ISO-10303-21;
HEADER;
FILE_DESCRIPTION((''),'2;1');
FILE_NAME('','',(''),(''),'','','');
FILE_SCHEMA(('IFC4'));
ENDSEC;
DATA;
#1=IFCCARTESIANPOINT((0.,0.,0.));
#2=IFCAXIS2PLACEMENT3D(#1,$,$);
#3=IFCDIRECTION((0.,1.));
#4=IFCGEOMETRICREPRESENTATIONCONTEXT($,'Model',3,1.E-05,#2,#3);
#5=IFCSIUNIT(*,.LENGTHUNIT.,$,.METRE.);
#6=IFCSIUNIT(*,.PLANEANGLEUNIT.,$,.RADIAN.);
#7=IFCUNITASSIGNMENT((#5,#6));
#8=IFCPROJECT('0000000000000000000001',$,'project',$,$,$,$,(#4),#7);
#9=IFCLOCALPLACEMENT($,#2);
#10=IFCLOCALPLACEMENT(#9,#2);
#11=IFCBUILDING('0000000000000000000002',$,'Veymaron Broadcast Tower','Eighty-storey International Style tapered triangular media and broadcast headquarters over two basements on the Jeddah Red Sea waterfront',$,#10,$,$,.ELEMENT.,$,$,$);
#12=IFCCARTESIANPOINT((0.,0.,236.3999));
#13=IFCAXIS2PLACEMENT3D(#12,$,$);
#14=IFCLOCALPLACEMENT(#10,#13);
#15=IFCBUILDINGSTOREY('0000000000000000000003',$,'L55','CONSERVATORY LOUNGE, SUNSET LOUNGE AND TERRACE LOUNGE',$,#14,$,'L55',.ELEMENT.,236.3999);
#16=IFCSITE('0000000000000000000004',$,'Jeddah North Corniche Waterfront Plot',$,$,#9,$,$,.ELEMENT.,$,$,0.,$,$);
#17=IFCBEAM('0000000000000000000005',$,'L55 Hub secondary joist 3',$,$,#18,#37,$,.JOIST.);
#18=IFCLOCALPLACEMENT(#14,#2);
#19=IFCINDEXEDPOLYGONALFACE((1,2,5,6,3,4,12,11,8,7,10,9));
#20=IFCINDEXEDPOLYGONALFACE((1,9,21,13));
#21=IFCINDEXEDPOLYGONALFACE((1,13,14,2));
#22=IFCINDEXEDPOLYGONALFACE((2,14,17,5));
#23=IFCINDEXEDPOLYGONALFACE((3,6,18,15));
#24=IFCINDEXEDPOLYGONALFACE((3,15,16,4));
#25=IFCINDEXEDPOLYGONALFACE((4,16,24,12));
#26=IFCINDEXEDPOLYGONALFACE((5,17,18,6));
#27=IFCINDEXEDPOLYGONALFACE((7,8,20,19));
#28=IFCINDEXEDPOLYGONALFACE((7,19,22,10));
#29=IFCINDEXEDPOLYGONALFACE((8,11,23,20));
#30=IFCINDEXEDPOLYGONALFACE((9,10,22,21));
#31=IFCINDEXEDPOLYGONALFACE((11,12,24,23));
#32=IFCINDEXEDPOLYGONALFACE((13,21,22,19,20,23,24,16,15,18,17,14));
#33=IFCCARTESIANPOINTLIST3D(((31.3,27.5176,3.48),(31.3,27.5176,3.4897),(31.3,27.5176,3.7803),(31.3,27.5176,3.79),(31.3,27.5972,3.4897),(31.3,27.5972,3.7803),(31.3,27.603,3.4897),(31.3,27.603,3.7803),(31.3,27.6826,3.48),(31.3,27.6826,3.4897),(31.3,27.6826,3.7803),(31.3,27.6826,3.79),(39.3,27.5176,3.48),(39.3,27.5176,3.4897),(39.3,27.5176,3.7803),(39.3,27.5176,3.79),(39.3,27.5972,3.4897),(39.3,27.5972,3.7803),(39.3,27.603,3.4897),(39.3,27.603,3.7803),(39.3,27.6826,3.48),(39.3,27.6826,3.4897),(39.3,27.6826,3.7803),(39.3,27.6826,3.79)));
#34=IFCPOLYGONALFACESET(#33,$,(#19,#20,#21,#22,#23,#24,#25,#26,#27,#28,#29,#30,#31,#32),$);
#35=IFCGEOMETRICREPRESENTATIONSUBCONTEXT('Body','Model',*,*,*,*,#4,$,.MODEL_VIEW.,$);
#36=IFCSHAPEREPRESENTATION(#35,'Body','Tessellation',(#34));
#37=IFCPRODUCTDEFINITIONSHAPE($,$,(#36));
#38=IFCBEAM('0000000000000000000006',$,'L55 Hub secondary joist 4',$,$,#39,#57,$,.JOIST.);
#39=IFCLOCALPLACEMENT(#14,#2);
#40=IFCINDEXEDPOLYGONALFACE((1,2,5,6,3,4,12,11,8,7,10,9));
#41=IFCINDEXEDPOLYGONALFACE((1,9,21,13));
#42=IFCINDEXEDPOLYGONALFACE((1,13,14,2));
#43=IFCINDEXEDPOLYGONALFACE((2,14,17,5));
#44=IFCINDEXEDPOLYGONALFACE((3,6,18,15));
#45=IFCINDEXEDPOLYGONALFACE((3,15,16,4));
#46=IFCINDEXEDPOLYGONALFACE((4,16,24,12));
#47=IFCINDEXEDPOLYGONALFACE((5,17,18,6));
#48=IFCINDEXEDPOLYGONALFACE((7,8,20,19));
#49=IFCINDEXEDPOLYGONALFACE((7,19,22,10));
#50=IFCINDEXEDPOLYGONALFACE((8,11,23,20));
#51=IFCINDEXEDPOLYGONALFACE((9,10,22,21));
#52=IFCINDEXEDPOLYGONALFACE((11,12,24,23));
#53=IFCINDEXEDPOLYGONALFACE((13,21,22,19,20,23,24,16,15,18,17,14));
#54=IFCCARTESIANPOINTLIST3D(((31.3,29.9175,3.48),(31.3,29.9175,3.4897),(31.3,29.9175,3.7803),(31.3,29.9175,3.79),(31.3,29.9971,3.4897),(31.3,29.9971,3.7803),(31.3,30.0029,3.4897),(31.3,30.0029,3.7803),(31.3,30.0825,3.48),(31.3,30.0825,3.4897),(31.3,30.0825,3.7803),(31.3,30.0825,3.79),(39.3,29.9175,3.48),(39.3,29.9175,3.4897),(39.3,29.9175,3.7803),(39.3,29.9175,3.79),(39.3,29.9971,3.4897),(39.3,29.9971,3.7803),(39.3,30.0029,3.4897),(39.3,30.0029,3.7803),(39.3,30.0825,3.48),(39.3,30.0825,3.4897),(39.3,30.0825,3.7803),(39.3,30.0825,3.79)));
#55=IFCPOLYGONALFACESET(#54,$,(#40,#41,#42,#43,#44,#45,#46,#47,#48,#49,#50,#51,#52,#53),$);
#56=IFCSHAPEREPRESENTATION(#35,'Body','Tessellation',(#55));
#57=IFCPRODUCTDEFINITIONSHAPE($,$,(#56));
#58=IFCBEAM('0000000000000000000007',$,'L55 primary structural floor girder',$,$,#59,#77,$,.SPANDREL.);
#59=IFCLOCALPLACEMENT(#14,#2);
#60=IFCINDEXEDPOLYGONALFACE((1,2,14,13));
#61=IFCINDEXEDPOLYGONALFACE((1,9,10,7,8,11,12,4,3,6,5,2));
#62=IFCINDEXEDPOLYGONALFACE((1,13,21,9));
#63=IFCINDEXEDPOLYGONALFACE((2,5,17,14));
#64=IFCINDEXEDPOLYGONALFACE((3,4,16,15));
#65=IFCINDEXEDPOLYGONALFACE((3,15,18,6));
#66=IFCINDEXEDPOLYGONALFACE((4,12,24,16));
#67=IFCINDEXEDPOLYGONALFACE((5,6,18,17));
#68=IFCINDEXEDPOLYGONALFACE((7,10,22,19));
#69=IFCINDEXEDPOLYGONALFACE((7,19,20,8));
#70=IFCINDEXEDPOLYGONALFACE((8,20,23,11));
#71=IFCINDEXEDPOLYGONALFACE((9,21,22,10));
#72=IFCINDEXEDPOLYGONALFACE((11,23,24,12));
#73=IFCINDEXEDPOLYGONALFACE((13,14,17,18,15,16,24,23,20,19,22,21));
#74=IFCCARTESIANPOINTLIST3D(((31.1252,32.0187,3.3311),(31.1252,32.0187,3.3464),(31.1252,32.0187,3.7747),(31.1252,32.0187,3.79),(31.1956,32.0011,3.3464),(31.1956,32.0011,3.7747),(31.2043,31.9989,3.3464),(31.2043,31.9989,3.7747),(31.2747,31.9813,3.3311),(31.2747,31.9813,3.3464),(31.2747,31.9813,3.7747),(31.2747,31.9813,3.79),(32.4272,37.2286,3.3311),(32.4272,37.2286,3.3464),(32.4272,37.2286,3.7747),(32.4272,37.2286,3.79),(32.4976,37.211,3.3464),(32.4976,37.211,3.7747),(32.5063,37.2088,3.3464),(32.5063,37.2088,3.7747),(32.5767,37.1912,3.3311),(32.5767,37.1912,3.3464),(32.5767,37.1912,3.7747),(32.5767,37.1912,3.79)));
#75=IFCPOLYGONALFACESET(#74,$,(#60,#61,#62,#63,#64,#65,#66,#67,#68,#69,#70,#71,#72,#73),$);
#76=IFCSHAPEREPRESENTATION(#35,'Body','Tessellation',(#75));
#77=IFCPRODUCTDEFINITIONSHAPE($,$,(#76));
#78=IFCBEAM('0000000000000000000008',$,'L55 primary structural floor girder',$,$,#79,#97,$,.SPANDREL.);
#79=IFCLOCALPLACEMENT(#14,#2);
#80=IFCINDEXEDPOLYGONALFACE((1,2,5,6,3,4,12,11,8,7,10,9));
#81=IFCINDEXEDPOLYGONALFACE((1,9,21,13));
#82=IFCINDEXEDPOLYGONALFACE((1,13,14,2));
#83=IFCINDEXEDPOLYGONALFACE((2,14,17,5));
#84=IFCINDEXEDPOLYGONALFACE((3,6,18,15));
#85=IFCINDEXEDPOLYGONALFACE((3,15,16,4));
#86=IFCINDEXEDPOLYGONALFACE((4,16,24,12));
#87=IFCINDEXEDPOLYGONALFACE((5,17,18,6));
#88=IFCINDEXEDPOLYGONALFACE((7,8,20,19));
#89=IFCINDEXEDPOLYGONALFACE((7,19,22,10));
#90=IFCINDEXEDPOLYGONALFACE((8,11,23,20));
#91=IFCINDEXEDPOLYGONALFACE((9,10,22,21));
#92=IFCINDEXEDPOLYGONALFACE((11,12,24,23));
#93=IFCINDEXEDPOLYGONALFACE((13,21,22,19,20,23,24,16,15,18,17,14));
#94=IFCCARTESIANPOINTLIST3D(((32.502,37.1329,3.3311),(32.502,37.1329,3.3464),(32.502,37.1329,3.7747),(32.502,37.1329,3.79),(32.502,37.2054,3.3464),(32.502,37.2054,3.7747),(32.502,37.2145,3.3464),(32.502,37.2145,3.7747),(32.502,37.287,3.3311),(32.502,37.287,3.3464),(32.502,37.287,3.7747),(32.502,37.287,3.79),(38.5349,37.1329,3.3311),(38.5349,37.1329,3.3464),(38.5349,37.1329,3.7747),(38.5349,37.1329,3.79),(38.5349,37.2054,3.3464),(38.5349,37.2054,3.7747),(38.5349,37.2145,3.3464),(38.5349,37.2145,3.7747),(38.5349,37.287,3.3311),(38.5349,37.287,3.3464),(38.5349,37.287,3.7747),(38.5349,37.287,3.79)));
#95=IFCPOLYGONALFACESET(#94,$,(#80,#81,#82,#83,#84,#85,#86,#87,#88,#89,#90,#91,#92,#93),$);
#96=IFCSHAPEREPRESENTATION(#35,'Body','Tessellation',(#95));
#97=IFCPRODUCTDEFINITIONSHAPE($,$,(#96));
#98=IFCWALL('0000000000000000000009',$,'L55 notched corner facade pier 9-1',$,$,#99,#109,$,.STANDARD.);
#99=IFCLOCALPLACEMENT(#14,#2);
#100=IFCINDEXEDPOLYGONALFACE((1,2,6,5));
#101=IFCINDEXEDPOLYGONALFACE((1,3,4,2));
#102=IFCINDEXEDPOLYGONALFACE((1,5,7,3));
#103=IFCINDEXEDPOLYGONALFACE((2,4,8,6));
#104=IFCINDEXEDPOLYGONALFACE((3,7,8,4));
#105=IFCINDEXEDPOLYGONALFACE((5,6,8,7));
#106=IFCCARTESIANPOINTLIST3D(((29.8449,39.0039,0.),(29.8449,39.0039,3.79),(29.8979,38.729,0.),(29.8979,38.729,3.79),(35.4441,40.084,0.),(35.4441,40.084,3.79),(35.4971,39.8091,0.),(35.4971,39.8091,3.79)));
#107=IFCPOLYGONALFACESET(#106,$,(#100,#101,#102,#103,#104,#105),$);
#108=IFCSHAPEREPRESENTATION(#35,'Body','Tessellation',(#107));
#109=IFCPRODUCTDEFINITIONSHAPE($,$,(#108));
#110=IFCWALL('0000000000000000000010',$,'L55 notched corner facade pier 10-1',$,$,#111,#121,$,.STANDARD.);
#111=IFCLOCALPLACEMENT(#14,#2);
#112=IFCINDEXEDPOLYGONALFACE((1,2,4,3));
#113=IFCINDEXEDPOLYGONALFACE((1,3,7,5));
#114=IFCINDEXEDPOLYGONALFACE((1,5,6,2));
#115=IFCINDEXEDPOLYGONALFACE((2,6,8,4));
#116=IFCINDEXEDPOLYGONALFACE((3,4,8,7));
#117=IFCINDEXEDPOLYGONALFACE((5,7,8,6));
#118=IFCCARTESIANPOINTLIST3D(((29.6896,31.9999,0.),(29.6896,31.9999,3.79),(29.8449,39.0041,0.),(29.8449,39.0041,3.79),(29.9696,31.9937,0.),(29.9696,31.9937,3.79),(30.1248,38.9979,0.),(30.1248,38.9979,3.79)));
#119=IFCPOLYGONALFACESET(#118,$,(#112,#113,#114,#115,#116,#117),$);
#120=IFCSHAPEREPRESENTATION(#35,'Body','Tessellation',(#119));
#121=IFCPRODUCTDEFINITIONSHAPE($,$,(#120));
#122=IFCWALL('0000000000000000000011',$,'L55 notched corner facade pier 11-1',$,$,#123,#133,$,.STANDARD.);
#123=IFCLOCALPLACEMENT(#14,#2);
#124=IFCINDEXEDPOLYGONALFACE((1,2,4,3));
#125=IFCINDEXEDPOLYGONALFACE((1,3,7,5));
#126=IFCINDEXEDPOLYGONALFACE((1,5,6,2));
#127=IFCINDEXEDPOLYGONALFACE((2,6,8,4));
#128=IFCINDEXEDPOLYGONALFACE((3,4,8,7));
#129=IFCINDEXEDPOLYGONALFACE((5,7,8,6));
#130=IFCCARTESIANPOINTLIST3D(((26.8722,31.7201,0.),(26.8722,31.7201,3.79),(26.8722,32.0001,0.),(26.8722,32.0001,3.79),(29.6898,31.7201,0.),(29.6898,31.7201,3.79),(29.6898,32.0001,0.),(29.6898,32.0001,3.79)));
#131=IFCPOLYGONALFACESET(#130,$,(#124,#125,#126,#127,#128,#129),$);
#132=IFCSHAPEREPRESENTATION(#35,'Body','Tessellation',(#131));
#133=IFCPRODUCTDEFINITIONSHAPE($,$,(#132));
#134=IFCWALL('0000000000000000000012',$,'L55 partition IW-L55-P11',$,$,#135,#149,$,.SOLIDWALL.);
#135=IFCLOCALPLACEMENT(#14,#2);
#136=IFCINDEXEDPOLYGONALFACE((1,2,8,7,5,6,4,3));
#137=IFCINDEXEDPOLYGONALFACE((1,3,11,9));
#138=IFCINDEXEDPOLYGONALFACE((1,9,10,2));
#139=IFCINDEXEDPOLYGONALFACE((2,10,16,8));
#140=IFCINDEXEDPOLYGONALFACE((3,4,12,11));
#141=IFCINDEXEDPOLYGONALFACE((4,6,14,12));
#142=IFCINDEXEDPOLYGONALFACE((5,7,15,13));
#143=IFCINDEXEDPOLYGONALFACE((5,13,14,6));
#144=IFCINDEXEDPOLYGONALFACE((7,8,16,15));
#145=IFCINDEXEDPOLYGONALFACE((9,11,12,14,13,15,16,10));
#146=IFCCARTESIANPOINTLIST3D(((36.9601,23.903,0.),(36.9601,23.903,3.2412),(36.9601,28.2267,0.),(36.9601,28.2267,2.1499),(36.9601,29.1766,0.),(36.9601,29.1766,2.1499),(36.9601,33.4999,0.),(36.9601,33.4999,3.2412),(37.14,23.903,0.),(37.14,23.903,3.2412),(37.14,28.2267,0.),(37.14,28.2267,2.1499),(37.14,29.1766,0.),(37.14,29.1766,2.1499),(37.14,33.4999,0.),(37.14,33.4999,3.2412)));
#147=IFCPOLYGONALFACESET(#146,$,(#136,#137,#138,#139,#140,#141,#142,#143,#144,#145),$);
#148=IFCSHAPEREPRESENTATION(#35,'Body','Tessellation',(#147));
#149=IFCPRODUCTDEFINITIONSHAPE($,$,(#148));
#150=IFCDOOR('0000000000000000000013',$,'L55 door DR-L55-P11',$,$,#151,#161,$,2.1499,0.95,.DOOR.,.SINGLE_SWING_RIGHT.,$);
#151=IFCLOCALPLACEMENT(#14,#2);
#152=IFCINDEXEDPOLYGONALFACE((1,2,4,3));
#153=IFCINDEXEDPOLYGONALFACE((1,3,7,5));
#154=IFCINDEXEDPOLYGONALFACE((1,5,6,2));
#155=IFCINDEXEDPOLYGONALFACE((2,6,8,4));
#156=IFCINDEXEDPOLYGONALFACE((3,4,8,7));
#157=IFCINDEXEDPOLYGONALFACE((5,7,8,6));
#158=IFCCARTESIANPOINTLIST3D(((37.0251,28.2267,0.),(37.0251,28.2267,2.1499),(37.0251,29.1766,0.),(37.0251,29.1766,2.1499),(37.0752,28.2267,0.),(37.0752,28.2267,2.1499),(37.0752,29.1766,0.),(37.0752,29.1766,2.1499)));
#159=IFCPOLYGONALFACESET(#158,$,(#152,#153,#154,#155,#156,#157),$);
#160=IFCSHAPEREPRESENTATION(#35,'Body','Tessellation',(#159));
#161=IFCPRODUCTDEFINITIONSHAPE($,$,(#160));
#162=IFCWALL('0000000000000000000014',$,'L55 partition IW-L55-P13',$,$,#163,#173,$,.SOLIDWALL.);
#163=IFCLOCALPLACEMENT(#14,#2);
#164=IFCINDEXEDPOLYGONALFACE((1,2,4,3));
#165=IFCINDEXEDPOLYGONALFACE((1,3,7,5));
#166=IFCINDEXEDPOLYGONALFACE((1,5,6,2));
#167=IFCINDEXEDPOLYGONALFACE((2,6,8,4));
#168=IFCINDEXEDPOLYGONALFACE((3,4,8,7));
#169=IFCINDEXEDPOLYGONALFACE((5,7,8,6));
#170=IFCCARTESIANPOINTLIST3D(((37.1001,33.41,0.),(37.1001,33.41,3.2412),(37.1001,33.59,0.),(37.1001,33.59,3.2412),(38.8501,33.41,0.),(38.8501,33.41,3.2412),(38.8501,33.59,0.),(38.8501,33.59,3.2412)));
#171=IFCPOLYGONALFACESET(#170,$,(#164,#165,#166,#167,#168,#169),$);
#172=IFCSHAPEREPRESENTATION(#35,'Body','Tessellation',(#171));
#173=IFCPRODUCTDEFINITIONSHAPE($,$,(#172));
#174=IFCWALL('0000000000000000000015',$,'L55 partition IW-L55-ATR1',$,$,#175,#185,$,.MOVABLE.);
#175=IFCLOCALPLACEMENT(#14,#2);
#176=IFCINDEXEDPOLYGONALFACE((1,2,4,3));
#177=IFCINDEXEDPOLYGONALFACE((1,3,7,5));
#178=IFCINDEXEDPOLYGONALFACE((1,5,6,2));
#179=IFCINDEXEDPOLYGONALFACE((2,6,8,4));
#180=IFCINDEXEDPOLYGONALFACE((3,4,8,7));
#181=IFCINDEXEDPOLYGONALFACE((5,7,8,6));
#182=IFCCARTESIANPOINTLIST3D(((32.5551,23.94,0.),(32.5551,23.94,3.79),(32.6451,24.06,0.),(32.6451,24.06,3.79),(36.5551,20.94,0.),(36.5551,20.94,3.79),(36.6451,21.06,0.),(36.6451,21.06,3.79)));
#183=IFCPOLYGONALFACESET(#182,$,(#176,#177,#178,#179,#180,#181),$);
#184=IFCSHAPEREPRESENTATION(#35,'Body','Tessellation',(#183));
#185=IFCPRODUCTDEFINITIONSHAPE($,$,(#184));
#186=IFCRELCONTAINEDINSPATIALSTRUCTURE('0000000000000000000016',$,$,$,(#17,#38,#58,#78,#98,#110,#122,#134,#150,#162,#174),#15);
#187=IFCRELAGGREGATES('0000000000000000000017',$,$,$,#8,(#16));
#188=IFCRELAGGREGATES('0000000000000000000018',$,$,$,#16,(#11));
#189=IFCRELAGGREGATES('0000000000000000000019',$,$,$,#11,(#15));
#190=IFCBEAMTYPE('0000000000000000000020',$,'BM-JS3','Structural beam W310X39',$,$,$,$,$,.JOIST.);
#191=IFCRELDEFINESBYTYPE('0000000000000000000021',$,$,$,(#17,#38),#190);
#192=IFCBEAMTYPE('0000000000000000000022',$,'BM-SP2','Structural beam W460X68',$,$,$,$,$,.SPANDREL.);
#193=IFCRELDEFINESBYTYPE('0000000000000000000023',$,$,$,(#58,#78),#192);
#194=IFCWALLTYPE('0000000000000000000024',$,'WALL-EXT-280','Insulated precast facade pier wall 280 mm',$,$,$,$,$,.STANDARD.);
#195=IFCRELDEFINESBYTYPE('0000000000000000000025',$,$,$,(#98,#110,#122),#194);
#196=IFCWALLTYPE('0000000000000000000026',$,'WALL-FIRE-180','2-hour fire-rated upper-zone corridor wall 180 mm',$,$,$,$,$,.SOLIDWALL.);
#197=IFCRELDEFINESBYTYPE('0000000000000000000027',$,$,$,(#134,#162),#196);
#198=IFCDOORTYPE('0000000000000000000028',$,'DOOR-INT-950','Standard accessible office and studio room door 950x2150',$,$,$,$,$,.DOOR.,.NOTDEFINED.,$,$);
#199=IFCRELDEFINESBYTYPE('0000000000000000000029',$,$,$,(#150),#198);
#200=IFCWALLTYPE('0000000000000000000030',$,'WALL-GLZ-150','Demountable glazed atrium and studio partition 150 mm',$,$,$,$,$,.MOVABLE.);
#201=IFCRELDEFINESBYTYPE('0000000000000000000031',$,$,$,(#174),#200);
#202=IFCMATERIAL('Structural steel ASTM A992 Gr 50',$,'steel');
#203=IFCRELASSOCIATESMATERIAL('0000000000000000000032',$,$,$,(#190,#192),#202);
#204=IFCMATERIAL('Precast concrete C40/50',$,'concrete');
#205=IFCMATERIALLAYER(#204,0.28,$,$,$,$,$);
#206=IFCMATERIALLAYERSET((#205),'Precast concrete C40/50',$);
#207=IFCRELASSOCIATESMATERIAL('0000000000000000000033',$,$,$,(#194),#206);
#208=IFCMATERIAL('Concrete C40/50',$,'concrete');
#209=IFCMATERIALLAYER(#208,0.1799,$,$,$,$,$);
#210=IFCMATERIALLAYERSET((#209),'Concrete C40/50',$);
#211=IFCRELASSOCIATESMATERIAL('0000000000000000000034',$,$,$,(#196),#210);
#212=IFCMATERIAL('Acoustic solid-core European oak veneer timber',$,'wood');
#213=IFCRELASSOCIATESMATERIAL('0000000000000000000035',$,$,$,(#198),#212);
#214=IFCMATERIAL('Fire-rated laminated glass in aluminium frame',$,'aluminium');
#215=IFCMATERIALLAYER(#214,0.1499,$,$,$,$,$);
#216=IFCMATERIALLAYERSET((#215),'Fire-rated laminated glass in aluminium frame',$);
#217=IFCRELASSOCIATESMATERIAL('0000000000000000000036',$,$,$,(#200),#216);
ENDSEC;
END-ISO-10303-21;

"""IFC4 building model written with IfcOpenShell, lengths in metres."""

from ifc_helpers import new_model, si_unit, direction, frame, frame_2d, origin, origin_2d, place, context, subcontext, project, spatial, rectangle, i_section, extrude, material, layer, layer_set, material_profile, profile_set, type_object, element, fill, save


model = new_model("IFC4")

# Units and contexts
model_context = context("Model", 3, precision=1e-05, world=origin(), true_north=direction((0.0, 1.0)))
body_context = subcontext(model_context, "Body", "Model", "MODEL_VIEW")
ifc_project = project(units=[si_unit("LENGTHUNIT", "METRE"), si_unit("PLANEANGLEUNIT", "RADIAN")], contexts=[model_context])

# Site, building, storey
site_placement = place(None, origin())
site = spatial("IfcSite", under=ifc_project, at=site_placement, Name="Jeddah North Corniche Waterfront Plot", CompositionType="ELEMENT", RefElevation=0.0)
building_placement = place(site_placement, origin())
building = spatial("IfcBuilding", under=site, at=building_placement, Name="Veymaron Broadcast Tower", Description="Eighty-storey International Style tapered triangular media and broadcast headquarters over two basements on the Jeddah Red Sea waterfront", CompositionType="ELEMENT")
storey_placement = place(building_placement, frame((0.0, 0.0, 236.3999)))
storey = spatial("IfcBuildingStorey", under=building, at=storey_placement, Name="L55", Description="CONSERVATORY LOUNGE, SUNSET LOUNGE AND TERRACE LOUNGE", LongName="L55", CompositionType="ELEMENT", Elevation=236.3999)

# Shared definitions
ifc_material_1 = material(Name="Structural steel ASTM A992 Gr 50", Category="steel")

# Beams
ifc_material_profile_1 = material_profile(ifc_material_1, i_section(OverallWidth=0.165, OverallDepth=0.3101, WebThickness=0.0059, FlangeThickness=0.0098, at=origin_2d()), Name="W310X39")
ifc_profile_set_1 = profile_set([ifc_material_profile_1], Name="Structural steel ASTM A992 Gr 50")
beam_type_1 = type_object("IfcBeamType", Name="BM-JS3", Description="Structural beam W310X39", PredefinedType="JOIST", material=ifc_profile_set_1)
for number, where, z_axis, x_axis, name in (
    (1, (31.3, 27.6001, 3.635), (1.0, 0.0, 0.0), (0.0, 1.0, 0.0), "L55 Hub secondary joist 3"),
    (2, (31.3, 30.0, 3.635), (1.0, 0.0, 0.0), (0.0, 1.0, 0.0), "L55 Hub secondary joist 4"),
):
    element("IfcBeam", number, at=place(storey_placement, frame(where, z_axis=z_axis, x_axis=x_axis)), inside=storey, type_object=beam_type_1, Name=name, PredefinedType="JOIST", context=body_context, shape_type="SweptSolid", body=[
        extrude(i_section(OverallWidth=0.165, OverallDepth=0.3101, WebThickness=0.0059, FlangeThickness=0.0098, at=origin_2d()), origin(), (0.0, 0.0, 1.0), 8.0),
    ])
ifc_material_profile_2 = material_profile(ifc_material_1, i_section(OverallWidth=0.1541, OverallDepth=0.459, WebThickness=0.009, FlangeThickness=0.0154, at=origin_2d()), Name="W460X68")
ifc_profile_set_2 = profile_set([ifc_material_profile_2], Name="Structural steel ASTM A992 Gr 50")
beam_type_2 = type_object("IfcBeamType", Name="BM-SP2", Description="Structural beam W460X68", PredefinedType="SPANDREL", material=ifc_profile_set_2)
beam_1_placement = place(storey_placement, frame((31.2, 32.0, 3.5605), z_axis=(0.24245, 0.970164, 0.0), x_axis=(-0.970164, 0.24245, 0.0)))
element("IfcBeam", 3, at=beam_1_placement, inside=storey, type_object=beam_type_2, Name="L55 primary structural floor girder", PredefinedType="SPANDREL", context=body_context, shape_type="SweptSolid", body=[
    extrude(i_section(OverallWidth=0.1541, OverallDepth=0.459, WebThickness=0.009, FlangeThickness=0.0154, at=origin_2d()), origin(), (0.0, 0.0, 1.0), 5.3701),
])
beam_2_placement = place(storey_placement, frame((32.502, 37.21, 3.5605), z_axis=(1.0, 0.0, 0.0), x_axis=(0.0, 1.0, 0.0)))
element("IfcBeam", 4, at=beam_2_placement, inside=storey, type_object=beam_type_2, Name="L55 primary structural floor girder", PredefinedType="SPANDREL", context=body_context, shape_type="SweptSolid", body=[
    extrude(i_section(OverallWidth=0.1541, OverallDepth=0.459, WebThickness=0.009, FlangeThickness=0.0154, at=origin_2d()), origin(), (0.0, 0.0, 1.0), 6.033),
])

# Walls
ifc_material_2 = material(Name="Precast concrete C40/50", Category="concrete")
ifc_layer_1 = layer(ifc_material_2, 0.28)
ifc_layer_set_1 = layer_set([ifc_layer_1], Name="Precast concrete C40/50")
wall_type_1 = type_object("IfcWallType", Name="WALL-EXT-280", Description="Insulated precast facade pier wall 280 mm", PredefinedType="STANDARD", material=ifc_layer_set_1)
wall_1_placement = place(storey_placement, frame((35.4705, 39.9465, 0.0), z_axis=(0.0, 0.0, 1.0), x_axis=(-0.981898, -0.18941, 0.0)))
element("IfcWall", 5, at=wall_1_placement, inside=storey, type_object=wall_type_1, Name="L55 notched corner facade pier 9-1", PredefinedType="STANDARD", context=body_context, shape_type="SweptSolid", body=[
    extrude(rectangle(XDim=5.7024, YDim=0.28, at=frame_2d((2.8511, 0.0))), origin(), (0.0, 0.0, 1.0), 3.79),
])
wall_2_placement = place(storey_placement, frame((29.9849, 39.001, 0.0), z_axis=(0.0, 0.0, 1.0), x_axis=(-0.022163, -0.999754, 0.0)))
element("IfcWall", 6, at=wall_2_placement, inside=storey, type_object=wall_type_1, Name="L55 notched corner facade pier 10-1", PredefinedType="STANDARD", context=body_context, shape_type="SweptSolid", body=[
    extrude(rectangle(XDim=7.0059, YDim=0.28, at=frame_2d((3.5029, 0.0))), origin(), (0.0, 0.0, 1.0), 3.79),
])
wall_3_placement = place(storey_placement, frame((29.6897, 31.8601, 0.0), z_axis=(0.0, 0.0, 1.0), x_axis=(-1.0, 0.0, 0.0)))
element("IfcWall", 7, at=wall_3_placement, inside=storey, type_object=wall_type_1, Name="L55 notched corner facade pier 11-1", PredefinedType="STANDARD", context=body_context, shape_type="SweptSolid", body=[
    extrude(rectangle(XDim=2.8176, YDim=0.28, at=frame_2d((1.4087, 0.0))), origin(), (0.0, 0.0, 1.0), 3.79),
])

# Wall, opening, door
ifc_material_3 = material(Name="Concrete C40/50", Category="concrete")
ifc_layer_2 = layer(ifc_material_3, 0.1799)
ifc_layer_set_2 = layer_set([ifc_layer_2], Name="Concrete C40/50")
wall_type_2 = type_object("IfcWallType", Name="WALL-FIRE-180", Description="2-hour fire-rated upper-zone corridor wall 180 mm", PredefinedType="SOLIDWALL", material=ifc_layer_set_2)
wall_4_placement = place(storey_placement, frame((37.05, 23.9031, 0.0), z_axis=(0.0, 0.0, 1.0), x_axis=(0.0, 1.0, 0.0)))
wall_4 = element("IfcWall", 8, at=wall_4_placement, inside=storey, type_object=wall_type_2, Name="L55 partition IW-L55-P11", PredefinedType="SOLIDWALL", context=body_context, shape_type="SweptSolid", body=[
    extrude(rectangle(XDim=9.5969, YDim=0.1799, at=frame_2d((4.7983, 0.0))), origin(), (0.0, 0.0, 1.0), 3.2412),
])
opening_placement = place(wall_4_placement, frame((4.3235, 0.0, 0.0)))
opening = element("IfcOpeningElement", 9, at=opening_placement, cuts=wall_4, PredefinedType="OPENING", context=body_context, shape_type="SweptSolid", body=[
    extrude(rectangle(XDim=0.95, YDim=2.1499, at=frame_2d((0.4751, 1.075))), frame((0.0, 0.1001, 0.0), z_axis=(0.0, -1.0, 0.0), x_axis=(1.0, 0.0, 0.0)), (0.0, 0.0, 1.0), 0.2),
])
ifc_material_4 = material(Name="Acoustic solid-core European oak veneer timber", Category="wood")
door_type = type_object("IfcDoorType", Name="DOOR-INT-950", Description="Standard accessible office and studio room door 950x2150", OperationType="NOTDEFINED", PredefinedType="DOOR", material=ifc_material_4)
door_placement = place(opening_placement, origin())
door = element("IfcDoor", 10, at=door_placement, inside=storey, type_object=door_type, Name="L55 door DR-L55-P11", OperationType="SINGLE_SWING_RIGHT", OverallHeight=2.1499, OverallWidth=0.95, PredefinedType="DOOR", context=body_context, shape_type="SweptSolid", body=[
    extrude(rectangle(XDim=0.95, YDim=2.1499, at=frame_2d((0.4751, 1.075))), frame((0.0, 0.0249, 0.0), z_axis=(0.0, -1.0, 0.0), x_axis=(1.0, 0.0, 0.0)), (0.0, 0.0, 1.0), 0.05),
])
fill(opening, door)

# Walls
wall_5_placement = place(storey_placement, frame((37.1001, 33.5, 0.0), z_axis=(0.0, 0.0, 1.0), x_axis=(1.0, 0.0, 0.0)))
element("IfcWall", 11, at=wall_5_placement, inside=storey, type_object=wall_type_2, Name="L55 partition IW-L55-P13", PredefinedType="SOLIDWALL", context=body_context, shape_type="SweptSolid", body=[
    extrude(rectangle(XDim=1.75, YDim=0.1799, at=frame_2d((0.875, 0.0))), origin(), (0.0, 0.0, 1.0), 3.2412),
])
ifc_material_5 = material(Name="Fire-rated laminated glass in aluminium frame", Category="aluminium")
ifc_layer_3 = layer(ifc_material_5, 0.1499)
ifc_layer_set_3 = layer_set([ifc_layer_3], Name="Fire-rated laminated glass in aluminium frame")
wall_type_3 = type_object("IfcWallType", Name="WALL-GLZ-150", Description="Demountable glazed atrium and studio partition 150 mm", PredefinedType="MOVABLE", material=ifc_layer_set_3)
for number, where, z_axis, x_axis, name in (
    (12, (32.6001, 24.0, 0.0), (0.0, 0.0, 1.0), (0.8, -0.6, 0.0), "L55 partition IW-L55-ATR1"),
):
    element("IfcWall", number, at=place(storey_placement, frame(where, z_axis=z_axis, x_axis=x_axis)), inside=storey, type_object=wall_type_3, Name=name, PredefinedType="MOVABLE", context=body_context, shape_type="SweptSolid", body=[
        extrude(rectangle(XDim=5.0, YDim=0.1499, at=frame_2d((2.5, 0.0))), origin(), (0.0, 0.0, 1.0), 3.79),
    ])

save(model, "model.ifc")
